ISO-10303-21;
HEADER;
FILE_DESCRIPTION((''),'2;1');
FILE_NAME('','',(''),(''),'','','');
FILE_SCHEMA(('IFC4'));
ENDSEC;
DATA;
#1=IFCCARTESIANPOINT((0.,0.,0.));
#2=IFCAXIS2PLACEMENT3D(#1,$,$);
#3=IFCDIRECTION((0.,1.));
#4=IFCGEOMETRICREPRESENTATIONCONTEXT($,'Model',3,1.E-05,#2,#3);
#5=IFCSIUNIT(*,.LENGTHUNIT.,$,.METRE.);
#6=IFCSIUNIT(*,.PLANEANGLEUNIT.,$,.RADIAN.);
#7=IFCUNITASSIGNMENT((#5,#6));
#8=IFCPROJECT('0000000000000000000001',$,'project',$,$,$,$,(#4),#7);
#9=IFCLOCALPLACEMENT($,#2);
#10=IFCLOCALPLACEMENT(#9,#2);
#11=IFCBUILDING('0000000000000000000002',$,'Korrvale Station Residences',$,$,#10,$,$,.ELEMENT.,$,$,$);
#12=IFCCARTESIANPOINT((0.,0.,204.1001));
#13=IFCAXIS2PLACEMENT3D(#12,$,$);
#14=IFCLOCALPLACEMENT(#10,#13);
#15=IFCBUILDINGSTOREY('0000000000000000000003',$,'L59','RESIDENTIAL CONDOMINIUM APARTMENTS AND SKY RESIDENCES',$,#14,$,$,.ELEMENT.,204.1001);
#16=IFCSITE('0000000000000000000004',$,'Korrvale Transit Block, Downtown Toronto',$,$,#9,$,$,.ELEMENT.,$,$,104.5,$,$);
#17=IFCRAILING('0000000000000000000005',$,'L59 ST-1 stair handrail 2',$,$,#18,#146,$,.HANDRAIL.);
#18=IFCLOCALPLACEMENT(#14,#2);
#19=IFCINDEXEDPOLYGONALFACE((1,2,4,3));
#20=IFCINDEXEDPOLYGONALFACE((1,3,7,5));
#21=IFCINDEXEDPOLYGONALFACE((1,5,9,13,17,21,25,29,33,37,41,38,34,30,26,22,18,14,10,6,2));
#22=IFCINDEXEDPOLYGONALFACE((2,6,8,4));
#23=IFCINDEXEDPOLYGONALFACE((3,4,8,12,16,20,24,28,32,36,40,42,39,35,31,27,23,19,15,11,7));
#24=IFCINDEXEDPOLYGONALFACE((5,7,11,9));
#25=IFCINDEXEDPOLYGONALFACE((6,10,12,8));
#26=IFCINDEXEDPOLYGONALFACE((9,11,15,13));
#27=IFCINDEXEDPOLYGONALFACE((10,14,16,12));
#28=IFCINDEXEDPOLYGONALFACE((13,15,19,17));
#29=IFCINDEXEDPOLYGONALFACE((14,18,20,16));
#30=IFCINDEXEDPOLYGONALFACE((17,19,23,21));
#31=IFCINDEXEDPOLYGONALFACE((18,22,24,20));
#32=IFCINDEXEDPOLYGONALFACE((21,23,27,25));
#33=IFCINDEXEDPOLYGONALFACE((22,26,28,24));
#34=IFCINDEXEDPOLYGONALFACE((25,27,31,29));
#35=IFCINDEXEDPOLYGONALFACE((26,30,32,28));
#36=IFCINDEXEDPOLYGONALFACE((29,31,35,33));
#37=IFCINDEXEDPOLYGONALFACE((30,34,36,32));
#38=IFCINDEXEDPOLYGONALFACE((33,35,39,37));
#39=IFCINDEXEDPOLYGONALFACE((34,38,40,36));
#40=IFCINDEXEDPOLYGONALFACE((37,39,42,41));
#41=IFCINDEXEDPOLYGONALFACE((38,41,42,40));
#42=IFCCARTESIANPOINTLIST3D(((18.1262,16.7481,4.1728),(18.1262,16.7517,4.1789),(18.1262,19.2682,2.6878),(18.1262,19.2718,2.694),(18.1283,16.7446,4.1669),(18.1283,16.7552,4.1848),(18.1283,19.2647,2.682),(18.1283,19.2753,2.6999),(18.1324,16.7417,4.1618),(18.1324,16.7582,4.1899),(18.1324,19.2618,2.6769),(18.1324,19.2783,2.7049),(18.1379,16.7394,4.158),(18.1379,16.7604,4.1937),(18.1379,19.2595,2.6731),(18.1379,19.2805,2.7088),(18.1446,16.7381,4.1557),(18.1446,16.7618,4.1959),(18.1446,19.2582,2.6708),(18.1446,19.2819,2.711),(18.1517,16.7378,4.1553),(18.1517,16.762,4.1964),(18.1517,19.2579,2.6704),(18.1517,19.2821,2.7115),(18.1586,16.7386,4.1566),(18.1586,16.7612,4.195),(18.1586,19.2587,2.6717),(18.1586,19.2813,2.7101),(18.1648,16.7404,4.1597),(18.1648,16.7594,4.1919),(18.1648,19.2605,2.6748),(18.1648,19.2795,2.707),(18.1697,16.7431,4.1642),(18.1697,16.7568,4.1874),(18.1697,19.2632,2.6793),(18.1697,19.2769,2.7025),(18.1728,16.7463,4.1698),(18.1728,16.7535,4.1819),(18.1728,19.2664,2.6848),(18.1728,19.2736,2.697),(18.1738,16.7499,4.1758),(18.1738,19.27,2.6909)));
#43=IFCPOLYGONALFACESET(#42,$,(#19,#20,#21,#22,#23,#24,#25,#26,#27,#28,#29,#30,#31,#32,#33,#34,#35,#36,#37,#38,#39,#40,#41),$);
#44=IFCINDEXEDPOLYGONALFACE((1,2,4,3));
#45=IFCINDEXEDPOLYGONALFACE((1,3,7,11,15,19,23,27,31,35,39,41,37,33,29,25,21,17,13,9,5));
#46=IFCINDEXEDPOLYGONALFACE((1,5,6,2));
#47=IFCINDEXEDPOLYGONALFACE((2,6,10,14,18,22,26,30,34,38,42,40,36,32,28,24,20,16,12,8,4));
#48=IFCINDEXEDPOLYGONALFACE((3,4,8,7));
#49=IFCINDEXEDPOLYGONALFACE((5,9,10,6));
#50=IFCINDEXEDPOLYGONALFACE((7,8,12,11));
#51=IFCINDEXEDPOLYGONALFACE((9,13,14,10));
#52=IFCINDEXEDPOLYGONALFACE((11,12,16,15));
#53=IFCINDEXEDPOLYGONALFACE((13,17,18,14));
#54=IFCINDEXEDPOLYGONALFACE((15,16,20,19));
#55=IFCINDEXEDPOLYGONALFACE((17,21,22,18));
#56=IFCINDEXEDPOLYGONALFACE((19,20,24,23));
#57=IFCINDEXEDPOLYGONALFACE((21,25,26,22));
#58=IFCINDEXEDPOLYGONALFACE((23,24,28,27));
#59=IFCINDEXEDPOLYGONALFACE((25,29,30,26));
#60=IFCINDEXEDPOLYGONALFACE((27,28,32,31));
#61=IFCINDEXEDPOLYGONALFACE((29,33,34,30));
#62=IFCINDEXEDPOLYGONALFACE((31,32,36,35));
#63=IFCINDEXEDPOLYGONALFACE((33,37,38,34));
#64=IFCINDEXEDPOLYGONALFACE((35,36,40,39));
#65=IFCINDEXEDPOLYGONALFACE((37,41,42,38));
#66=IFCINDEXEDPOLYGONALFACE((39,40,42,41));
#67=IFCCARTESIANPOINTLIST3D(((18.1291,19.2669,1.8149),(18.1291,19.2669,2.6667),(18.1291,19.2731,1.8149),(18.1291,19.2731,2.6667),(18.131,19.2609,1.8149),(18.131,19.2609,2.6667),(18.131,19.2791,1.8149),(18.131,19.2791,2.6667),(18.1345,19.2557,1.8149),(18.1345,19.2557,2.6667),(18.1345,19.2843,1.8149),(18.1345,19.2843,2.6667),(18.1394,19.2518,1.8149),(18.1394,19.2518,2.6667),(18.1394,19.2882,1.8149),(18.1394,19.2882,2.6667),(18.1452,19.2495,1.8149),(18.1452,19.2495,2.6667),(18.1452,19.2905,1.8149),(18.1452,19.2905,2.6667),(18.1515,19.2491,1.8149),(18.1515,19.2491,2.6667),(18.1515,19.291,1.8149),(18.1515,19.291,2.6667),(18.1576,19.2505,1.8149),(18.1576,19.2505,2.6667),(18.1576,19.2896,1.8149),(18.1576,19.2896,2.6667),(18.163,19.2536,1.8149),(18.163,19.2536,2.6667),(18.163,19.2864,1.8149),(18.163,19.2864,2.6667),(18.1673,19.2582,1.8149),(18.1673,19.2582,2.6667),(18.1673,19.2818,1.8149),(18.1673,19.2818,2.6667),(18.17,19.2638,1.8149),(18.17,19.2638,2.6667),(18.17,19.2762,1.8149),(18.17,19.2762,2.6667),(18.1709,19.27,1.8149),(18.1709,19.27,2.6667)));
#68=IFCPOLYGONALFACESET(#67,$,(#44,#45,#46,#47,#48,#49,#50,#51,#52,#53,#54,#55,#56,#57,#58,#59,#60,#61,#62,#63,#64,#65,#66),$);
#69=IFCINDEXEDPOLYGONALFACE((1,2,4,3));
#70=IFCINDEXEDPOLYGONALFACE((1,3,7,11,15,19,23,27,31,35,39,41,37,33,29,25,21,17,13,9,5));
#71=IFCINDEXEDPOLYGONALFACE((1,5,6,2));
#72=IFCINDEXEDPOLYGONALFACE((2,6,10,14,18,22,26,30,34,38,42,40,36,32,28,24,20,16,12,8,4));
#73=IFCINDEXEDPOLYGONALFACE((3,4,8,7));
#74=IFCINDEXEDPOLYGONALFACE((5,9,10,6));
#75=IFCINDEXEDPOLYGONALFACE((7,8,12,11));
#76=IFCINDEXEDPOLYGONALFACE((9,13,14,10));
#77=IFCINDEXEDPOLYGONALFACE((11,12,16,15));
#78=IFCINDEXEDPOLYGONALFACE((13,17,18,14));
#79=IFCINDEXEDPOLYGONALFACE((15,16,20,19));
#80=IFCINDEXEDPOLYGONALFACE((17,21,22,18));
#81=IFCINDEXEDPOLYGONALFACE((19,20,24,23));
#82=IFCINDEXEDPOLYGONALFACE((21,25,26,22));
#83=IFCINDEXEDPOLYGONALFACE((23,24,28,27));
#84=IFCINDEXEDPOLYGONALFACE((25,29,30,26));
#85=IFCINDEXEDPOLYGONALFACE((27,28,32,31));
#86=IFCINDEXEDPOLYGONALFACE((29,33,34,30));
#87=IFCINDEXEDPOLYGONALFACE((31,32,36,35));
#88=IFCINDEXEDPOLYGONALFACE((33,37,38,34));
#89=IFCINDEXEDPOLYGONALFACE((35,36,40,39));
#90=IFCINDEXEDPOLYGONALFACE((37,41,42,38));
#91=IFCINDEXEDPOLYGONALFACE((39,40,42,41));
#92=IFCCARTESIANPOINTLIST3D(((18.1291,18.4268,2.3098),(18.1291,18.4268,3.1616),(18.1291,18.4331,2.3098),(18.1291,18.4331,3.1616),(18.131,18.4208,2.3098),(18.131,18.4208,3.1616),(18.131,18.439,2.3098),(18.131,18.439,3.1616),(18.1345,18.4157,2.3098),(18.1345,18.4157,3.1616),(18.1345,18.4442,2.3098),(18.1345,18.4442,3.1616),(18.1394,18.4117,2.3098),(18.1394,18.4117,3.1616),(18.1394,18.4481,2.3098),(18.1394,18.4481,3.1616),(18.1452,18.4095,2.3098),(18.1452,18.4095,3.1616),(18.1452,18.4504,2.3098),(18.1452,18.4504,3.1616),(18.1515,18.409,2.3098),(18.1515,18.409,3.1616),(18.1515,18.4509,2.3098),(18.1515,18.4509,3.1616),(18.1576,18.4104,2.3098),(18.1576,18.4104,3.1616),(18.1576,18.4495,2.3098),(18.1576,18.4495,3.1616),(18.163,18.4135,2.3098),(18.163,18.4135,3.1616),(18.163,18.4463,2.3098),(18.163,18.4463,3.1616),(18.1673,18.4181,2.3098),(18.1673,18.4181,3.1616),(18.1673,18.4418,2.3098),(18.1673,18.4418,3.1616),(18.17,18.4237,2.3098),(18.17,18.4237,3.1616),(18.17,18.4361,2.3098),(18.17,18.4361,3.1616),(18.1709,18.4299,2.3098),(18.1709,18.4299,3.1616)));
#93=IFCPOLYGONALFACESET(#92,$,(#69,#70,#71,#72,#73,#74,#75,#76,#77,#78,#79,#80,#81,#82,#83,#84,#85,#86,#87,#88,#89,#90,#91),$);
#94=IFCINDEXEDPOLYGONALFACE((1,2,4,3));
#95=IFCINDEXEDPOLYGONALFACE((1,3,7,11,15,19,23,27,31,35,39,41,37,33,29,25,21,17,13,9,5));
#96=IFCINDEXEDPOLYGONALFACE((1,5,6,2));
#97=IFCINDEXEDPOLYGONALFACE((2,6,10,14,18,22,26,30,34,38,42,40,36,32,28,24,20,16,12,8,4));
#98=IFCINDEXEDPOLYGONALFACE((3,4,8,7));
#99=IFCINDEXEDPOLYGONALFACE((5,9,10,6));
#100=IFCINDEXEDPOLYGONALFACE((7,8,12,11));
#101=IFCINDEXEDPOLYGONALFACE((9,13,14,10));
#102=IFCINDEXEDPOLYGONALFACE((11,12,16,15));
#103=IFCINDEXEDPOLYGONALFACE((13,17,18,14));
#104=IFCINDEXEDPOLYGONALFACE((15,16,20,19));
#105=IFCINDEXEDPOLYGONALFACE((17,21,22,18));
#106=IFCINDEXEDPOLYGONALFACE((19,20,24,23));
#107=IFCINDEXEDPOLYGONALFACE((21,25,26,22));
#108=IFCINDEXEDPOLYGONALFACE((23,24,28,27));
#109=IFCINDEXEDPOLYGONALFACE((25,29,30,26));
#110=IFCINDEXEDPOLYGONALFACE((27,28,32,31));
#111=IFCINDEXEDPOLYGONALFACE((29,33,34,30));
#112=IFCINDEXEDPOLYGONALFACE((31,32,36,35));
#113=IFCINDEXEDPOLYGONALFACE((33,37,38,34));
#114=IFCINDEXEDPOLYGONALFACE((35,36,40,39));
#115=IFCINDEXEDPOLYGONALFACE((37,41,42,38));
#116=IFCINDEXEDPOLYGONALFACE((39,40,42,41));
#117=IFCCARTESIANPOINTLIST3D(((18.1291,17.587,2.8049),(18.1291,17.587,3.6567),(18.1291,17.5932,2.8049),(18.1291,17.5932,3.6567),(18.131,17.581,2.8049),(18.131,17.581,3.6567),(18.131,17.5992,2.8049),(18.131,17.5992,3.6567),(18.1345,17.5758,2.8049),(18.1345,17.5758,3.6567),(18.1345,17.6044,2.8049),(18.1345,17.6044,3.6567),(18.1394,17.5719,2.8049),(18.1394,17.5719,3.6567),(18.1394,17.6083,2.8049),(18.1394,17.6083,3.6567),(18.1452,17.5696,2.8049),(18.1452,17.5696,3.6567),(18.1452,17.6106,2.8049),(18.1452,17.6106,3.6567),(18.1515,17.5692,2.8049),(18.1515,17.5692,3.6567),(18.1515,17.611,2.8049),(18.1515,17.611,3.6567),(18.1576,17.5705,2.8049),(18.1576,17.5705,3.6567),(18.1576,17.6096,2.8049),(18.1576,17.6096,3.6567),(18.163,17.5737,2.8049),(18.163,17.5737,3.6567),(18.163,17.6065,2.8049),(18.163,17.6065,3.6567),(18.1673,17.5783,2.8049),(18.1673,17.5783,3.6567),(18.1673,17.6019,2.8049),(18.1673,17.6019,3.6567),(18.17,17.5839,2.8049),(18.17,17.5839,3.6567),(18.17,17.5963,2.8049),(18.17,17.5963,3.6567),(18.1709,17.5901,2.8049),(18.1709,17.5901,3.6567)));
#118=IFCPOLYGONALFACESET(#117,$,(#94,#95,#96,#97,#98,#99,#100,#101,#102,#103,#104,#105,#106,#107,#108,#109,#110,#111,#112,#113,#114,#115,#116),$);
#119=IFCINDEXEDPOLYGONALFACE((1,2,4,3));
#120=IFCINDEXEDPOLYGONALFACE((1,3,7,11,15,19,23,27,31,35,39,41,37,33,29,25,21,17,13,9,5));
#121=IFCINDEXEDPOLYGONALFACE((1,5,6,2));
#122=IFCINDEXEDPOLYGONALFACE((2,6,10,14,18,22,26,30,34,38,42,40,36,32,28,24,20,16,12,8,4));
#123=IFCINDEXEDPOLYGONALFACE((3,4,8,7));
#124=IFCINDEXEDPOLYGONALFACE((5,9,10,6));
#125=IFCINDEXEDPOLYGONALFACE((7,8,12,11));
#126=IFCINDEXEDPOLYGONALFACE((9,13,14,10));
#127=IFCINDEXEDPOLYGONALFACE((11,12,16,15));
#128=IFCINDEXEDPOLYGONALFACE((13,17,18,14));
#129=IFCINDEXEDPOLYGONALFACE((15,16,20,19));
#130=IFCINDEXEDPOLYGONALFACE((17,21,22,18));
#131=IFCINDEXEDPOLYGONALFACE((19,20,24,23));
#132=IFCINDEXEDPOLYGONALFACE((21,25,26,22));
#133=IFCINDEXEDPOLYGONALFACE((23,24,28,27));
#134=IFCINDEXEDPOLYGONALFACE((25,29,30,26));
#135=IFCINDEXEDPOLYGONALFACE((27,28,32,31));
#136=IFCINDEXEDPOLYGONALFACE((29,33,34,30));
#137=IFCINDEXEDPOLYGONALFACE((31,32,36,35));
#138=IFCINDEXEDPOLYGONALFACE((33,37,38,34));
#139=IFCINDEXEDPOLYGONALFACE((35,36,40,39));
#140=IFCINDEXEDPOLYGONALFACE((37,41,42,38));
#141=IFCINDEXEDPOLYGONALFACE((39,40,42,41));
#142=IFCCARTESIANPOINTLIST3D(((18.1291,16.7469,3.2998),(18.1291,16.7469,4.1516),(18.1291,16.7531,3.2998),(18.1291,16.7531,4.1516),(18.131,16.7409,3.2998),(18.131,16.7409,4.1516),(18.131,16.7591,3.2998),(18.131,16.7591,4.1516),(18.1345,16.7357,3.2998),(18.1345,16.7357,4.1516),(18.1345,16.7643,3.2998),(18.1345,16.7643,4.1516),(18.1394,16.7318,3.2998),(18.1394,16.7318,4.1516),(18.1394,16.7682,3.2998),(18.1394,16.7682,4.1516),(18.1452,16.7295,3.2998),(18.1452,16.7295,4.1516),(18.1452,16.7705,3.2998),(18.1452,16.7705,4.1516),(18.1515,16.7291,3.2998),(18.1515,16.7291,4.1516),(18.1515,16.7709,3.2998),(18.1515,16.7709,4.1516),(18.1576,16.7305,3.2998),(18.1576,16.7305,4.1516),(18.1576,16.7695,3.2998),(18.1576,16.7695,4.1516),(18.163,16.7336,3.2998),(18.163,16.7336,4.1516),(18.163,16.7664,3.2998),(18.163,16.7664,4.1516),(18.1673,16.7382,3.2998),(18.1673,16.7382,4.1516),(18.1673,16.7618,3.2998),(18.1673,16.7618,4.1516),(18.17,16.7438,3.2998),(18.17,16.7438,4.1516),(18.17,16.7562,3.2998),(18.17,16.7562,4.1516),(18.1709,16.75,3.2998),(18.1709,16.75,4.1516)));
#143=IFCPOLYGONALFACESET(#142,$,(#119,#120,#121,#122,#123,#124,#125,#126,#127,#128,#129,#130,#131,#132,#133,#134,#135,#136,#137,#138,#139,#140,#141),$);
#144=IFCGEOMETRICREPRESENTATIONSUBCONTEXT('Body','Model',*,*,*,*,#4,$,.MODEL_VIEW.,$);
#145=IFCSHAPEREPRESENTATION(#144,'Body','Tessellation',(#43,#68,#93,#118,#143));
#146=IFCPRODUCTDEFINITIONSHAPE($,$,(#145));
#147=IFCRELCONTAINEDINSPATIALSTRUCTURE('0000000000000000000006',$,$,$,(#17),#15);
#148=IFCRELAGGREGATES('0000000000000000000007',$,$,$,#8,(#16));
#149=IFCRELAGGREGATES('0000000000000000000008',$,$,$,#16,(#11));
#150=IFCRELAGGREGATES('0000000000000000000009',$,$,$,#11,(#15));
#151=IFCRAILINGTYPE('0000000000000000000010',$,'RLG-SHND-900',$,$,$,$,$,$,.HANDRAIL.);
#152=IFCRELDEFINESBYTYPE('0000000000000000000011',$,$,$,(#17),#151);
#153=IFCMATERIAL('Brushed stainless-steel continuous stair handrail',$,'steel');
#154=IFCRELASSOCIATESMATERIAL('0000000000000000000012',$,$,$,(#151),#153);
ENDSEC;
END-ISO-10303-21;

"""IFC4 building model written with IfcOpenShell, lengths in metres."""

from ifc_helpers import new_model, si_unit, direction, frame, origin, origin_2d, place, context, subcontext, project, spatial, circle, extrude, material, type_object, element, save


model = new_model("IFC4")

# Units and contexts
model_context = context("Model", 3, precision=1e-05, world=origin(), true_north=direction((0.0, 1.0)))
body_context = subcontext(model_context, "Body", "Model", "MODEL_VIEW")
ifc_project = project(units=[si_unit("LENGTHUNIT", "METRE"), si_unit("PLANEANGLEUNIT", "RADIAN")], contexts=[model_context])

# Site, building, storey
site_placement = place(None, origin())
site = spatial("IfcSite", under=ifc_project, at=site_placement, Name="Korrvale Transit Block, Downtown Toronto", CompositionType="ELEMENT", RefElevation=104.5)
building_placement = place(site_placement, origin())
building = spatial("IfcBuilding", under=site, at=building_placement, Name="Korrvale Station Residences", CompositionType="ELEMENT")
storey_placement = place(building_placement, frame((0.0, 0.0, 204.1001)))
storey = spatial("IfcBuildingStorey", under=building, at=storey_placement, Name="L59", Description="RESIDENTIAL CONDOMINIUM APARTMENTS AND SKY RESIDENCES", CompositionType="ELEMENT", Elevation=204.1001)

# Railing
ifc_material_1 = material(Name="Brushed stainless-steel continuous stair handrail", Category="steel")
railing_type_1 = type_object("IfcRailingType", Name="RLG-SHND-900", PredefinedType="HANDRAIL", material=ifc_material_1)
railing_1_placement = place(storey_placement, frame((18.1499, 19.27, 1.8149)))
element("IfcRailing", 1, at=railing_1_placement, inside=storey, type_object=railing_type_1, Name="L59 ST-1 stair handrail 2", PredefinedType="HANDRAIL", context=body_context, shape_type="SweptSolid", body=[
    extrude(circle(Radius=0.0239, at=origin_2d()), frame((0.0, 0.0, 0.876), z_axis=(0.0, -0.861561, 0.507655), x_axis=(1.0, 0.0, 0.0)), (0.0, 0.0, 1.0), 2.925),
    extrude(circle(Radius=0.021, at=origin_2d()), origin(), (0.0, 0.0, 1.0), 0.8518),
    extrude(circle(Radius=0.021, at=origin_2d()), frame((0.0, -0.8401, 0.4949)), (0.0, 0.0, 1.0), 0.8518),
    extrude(circle(Radius=0.021, at=origin_2d()), frame((0.0, -1.6799, 0.99)), (0.0, 0.0, 1.0), 0.8518),
    extrude(circle(Radius=0.021, at=origin_2d()), frame((0.0, -2.52, 1.4849)), (0.0, 0.0, 1.0), 0.8518),
])

save(model, "model.ifc")
